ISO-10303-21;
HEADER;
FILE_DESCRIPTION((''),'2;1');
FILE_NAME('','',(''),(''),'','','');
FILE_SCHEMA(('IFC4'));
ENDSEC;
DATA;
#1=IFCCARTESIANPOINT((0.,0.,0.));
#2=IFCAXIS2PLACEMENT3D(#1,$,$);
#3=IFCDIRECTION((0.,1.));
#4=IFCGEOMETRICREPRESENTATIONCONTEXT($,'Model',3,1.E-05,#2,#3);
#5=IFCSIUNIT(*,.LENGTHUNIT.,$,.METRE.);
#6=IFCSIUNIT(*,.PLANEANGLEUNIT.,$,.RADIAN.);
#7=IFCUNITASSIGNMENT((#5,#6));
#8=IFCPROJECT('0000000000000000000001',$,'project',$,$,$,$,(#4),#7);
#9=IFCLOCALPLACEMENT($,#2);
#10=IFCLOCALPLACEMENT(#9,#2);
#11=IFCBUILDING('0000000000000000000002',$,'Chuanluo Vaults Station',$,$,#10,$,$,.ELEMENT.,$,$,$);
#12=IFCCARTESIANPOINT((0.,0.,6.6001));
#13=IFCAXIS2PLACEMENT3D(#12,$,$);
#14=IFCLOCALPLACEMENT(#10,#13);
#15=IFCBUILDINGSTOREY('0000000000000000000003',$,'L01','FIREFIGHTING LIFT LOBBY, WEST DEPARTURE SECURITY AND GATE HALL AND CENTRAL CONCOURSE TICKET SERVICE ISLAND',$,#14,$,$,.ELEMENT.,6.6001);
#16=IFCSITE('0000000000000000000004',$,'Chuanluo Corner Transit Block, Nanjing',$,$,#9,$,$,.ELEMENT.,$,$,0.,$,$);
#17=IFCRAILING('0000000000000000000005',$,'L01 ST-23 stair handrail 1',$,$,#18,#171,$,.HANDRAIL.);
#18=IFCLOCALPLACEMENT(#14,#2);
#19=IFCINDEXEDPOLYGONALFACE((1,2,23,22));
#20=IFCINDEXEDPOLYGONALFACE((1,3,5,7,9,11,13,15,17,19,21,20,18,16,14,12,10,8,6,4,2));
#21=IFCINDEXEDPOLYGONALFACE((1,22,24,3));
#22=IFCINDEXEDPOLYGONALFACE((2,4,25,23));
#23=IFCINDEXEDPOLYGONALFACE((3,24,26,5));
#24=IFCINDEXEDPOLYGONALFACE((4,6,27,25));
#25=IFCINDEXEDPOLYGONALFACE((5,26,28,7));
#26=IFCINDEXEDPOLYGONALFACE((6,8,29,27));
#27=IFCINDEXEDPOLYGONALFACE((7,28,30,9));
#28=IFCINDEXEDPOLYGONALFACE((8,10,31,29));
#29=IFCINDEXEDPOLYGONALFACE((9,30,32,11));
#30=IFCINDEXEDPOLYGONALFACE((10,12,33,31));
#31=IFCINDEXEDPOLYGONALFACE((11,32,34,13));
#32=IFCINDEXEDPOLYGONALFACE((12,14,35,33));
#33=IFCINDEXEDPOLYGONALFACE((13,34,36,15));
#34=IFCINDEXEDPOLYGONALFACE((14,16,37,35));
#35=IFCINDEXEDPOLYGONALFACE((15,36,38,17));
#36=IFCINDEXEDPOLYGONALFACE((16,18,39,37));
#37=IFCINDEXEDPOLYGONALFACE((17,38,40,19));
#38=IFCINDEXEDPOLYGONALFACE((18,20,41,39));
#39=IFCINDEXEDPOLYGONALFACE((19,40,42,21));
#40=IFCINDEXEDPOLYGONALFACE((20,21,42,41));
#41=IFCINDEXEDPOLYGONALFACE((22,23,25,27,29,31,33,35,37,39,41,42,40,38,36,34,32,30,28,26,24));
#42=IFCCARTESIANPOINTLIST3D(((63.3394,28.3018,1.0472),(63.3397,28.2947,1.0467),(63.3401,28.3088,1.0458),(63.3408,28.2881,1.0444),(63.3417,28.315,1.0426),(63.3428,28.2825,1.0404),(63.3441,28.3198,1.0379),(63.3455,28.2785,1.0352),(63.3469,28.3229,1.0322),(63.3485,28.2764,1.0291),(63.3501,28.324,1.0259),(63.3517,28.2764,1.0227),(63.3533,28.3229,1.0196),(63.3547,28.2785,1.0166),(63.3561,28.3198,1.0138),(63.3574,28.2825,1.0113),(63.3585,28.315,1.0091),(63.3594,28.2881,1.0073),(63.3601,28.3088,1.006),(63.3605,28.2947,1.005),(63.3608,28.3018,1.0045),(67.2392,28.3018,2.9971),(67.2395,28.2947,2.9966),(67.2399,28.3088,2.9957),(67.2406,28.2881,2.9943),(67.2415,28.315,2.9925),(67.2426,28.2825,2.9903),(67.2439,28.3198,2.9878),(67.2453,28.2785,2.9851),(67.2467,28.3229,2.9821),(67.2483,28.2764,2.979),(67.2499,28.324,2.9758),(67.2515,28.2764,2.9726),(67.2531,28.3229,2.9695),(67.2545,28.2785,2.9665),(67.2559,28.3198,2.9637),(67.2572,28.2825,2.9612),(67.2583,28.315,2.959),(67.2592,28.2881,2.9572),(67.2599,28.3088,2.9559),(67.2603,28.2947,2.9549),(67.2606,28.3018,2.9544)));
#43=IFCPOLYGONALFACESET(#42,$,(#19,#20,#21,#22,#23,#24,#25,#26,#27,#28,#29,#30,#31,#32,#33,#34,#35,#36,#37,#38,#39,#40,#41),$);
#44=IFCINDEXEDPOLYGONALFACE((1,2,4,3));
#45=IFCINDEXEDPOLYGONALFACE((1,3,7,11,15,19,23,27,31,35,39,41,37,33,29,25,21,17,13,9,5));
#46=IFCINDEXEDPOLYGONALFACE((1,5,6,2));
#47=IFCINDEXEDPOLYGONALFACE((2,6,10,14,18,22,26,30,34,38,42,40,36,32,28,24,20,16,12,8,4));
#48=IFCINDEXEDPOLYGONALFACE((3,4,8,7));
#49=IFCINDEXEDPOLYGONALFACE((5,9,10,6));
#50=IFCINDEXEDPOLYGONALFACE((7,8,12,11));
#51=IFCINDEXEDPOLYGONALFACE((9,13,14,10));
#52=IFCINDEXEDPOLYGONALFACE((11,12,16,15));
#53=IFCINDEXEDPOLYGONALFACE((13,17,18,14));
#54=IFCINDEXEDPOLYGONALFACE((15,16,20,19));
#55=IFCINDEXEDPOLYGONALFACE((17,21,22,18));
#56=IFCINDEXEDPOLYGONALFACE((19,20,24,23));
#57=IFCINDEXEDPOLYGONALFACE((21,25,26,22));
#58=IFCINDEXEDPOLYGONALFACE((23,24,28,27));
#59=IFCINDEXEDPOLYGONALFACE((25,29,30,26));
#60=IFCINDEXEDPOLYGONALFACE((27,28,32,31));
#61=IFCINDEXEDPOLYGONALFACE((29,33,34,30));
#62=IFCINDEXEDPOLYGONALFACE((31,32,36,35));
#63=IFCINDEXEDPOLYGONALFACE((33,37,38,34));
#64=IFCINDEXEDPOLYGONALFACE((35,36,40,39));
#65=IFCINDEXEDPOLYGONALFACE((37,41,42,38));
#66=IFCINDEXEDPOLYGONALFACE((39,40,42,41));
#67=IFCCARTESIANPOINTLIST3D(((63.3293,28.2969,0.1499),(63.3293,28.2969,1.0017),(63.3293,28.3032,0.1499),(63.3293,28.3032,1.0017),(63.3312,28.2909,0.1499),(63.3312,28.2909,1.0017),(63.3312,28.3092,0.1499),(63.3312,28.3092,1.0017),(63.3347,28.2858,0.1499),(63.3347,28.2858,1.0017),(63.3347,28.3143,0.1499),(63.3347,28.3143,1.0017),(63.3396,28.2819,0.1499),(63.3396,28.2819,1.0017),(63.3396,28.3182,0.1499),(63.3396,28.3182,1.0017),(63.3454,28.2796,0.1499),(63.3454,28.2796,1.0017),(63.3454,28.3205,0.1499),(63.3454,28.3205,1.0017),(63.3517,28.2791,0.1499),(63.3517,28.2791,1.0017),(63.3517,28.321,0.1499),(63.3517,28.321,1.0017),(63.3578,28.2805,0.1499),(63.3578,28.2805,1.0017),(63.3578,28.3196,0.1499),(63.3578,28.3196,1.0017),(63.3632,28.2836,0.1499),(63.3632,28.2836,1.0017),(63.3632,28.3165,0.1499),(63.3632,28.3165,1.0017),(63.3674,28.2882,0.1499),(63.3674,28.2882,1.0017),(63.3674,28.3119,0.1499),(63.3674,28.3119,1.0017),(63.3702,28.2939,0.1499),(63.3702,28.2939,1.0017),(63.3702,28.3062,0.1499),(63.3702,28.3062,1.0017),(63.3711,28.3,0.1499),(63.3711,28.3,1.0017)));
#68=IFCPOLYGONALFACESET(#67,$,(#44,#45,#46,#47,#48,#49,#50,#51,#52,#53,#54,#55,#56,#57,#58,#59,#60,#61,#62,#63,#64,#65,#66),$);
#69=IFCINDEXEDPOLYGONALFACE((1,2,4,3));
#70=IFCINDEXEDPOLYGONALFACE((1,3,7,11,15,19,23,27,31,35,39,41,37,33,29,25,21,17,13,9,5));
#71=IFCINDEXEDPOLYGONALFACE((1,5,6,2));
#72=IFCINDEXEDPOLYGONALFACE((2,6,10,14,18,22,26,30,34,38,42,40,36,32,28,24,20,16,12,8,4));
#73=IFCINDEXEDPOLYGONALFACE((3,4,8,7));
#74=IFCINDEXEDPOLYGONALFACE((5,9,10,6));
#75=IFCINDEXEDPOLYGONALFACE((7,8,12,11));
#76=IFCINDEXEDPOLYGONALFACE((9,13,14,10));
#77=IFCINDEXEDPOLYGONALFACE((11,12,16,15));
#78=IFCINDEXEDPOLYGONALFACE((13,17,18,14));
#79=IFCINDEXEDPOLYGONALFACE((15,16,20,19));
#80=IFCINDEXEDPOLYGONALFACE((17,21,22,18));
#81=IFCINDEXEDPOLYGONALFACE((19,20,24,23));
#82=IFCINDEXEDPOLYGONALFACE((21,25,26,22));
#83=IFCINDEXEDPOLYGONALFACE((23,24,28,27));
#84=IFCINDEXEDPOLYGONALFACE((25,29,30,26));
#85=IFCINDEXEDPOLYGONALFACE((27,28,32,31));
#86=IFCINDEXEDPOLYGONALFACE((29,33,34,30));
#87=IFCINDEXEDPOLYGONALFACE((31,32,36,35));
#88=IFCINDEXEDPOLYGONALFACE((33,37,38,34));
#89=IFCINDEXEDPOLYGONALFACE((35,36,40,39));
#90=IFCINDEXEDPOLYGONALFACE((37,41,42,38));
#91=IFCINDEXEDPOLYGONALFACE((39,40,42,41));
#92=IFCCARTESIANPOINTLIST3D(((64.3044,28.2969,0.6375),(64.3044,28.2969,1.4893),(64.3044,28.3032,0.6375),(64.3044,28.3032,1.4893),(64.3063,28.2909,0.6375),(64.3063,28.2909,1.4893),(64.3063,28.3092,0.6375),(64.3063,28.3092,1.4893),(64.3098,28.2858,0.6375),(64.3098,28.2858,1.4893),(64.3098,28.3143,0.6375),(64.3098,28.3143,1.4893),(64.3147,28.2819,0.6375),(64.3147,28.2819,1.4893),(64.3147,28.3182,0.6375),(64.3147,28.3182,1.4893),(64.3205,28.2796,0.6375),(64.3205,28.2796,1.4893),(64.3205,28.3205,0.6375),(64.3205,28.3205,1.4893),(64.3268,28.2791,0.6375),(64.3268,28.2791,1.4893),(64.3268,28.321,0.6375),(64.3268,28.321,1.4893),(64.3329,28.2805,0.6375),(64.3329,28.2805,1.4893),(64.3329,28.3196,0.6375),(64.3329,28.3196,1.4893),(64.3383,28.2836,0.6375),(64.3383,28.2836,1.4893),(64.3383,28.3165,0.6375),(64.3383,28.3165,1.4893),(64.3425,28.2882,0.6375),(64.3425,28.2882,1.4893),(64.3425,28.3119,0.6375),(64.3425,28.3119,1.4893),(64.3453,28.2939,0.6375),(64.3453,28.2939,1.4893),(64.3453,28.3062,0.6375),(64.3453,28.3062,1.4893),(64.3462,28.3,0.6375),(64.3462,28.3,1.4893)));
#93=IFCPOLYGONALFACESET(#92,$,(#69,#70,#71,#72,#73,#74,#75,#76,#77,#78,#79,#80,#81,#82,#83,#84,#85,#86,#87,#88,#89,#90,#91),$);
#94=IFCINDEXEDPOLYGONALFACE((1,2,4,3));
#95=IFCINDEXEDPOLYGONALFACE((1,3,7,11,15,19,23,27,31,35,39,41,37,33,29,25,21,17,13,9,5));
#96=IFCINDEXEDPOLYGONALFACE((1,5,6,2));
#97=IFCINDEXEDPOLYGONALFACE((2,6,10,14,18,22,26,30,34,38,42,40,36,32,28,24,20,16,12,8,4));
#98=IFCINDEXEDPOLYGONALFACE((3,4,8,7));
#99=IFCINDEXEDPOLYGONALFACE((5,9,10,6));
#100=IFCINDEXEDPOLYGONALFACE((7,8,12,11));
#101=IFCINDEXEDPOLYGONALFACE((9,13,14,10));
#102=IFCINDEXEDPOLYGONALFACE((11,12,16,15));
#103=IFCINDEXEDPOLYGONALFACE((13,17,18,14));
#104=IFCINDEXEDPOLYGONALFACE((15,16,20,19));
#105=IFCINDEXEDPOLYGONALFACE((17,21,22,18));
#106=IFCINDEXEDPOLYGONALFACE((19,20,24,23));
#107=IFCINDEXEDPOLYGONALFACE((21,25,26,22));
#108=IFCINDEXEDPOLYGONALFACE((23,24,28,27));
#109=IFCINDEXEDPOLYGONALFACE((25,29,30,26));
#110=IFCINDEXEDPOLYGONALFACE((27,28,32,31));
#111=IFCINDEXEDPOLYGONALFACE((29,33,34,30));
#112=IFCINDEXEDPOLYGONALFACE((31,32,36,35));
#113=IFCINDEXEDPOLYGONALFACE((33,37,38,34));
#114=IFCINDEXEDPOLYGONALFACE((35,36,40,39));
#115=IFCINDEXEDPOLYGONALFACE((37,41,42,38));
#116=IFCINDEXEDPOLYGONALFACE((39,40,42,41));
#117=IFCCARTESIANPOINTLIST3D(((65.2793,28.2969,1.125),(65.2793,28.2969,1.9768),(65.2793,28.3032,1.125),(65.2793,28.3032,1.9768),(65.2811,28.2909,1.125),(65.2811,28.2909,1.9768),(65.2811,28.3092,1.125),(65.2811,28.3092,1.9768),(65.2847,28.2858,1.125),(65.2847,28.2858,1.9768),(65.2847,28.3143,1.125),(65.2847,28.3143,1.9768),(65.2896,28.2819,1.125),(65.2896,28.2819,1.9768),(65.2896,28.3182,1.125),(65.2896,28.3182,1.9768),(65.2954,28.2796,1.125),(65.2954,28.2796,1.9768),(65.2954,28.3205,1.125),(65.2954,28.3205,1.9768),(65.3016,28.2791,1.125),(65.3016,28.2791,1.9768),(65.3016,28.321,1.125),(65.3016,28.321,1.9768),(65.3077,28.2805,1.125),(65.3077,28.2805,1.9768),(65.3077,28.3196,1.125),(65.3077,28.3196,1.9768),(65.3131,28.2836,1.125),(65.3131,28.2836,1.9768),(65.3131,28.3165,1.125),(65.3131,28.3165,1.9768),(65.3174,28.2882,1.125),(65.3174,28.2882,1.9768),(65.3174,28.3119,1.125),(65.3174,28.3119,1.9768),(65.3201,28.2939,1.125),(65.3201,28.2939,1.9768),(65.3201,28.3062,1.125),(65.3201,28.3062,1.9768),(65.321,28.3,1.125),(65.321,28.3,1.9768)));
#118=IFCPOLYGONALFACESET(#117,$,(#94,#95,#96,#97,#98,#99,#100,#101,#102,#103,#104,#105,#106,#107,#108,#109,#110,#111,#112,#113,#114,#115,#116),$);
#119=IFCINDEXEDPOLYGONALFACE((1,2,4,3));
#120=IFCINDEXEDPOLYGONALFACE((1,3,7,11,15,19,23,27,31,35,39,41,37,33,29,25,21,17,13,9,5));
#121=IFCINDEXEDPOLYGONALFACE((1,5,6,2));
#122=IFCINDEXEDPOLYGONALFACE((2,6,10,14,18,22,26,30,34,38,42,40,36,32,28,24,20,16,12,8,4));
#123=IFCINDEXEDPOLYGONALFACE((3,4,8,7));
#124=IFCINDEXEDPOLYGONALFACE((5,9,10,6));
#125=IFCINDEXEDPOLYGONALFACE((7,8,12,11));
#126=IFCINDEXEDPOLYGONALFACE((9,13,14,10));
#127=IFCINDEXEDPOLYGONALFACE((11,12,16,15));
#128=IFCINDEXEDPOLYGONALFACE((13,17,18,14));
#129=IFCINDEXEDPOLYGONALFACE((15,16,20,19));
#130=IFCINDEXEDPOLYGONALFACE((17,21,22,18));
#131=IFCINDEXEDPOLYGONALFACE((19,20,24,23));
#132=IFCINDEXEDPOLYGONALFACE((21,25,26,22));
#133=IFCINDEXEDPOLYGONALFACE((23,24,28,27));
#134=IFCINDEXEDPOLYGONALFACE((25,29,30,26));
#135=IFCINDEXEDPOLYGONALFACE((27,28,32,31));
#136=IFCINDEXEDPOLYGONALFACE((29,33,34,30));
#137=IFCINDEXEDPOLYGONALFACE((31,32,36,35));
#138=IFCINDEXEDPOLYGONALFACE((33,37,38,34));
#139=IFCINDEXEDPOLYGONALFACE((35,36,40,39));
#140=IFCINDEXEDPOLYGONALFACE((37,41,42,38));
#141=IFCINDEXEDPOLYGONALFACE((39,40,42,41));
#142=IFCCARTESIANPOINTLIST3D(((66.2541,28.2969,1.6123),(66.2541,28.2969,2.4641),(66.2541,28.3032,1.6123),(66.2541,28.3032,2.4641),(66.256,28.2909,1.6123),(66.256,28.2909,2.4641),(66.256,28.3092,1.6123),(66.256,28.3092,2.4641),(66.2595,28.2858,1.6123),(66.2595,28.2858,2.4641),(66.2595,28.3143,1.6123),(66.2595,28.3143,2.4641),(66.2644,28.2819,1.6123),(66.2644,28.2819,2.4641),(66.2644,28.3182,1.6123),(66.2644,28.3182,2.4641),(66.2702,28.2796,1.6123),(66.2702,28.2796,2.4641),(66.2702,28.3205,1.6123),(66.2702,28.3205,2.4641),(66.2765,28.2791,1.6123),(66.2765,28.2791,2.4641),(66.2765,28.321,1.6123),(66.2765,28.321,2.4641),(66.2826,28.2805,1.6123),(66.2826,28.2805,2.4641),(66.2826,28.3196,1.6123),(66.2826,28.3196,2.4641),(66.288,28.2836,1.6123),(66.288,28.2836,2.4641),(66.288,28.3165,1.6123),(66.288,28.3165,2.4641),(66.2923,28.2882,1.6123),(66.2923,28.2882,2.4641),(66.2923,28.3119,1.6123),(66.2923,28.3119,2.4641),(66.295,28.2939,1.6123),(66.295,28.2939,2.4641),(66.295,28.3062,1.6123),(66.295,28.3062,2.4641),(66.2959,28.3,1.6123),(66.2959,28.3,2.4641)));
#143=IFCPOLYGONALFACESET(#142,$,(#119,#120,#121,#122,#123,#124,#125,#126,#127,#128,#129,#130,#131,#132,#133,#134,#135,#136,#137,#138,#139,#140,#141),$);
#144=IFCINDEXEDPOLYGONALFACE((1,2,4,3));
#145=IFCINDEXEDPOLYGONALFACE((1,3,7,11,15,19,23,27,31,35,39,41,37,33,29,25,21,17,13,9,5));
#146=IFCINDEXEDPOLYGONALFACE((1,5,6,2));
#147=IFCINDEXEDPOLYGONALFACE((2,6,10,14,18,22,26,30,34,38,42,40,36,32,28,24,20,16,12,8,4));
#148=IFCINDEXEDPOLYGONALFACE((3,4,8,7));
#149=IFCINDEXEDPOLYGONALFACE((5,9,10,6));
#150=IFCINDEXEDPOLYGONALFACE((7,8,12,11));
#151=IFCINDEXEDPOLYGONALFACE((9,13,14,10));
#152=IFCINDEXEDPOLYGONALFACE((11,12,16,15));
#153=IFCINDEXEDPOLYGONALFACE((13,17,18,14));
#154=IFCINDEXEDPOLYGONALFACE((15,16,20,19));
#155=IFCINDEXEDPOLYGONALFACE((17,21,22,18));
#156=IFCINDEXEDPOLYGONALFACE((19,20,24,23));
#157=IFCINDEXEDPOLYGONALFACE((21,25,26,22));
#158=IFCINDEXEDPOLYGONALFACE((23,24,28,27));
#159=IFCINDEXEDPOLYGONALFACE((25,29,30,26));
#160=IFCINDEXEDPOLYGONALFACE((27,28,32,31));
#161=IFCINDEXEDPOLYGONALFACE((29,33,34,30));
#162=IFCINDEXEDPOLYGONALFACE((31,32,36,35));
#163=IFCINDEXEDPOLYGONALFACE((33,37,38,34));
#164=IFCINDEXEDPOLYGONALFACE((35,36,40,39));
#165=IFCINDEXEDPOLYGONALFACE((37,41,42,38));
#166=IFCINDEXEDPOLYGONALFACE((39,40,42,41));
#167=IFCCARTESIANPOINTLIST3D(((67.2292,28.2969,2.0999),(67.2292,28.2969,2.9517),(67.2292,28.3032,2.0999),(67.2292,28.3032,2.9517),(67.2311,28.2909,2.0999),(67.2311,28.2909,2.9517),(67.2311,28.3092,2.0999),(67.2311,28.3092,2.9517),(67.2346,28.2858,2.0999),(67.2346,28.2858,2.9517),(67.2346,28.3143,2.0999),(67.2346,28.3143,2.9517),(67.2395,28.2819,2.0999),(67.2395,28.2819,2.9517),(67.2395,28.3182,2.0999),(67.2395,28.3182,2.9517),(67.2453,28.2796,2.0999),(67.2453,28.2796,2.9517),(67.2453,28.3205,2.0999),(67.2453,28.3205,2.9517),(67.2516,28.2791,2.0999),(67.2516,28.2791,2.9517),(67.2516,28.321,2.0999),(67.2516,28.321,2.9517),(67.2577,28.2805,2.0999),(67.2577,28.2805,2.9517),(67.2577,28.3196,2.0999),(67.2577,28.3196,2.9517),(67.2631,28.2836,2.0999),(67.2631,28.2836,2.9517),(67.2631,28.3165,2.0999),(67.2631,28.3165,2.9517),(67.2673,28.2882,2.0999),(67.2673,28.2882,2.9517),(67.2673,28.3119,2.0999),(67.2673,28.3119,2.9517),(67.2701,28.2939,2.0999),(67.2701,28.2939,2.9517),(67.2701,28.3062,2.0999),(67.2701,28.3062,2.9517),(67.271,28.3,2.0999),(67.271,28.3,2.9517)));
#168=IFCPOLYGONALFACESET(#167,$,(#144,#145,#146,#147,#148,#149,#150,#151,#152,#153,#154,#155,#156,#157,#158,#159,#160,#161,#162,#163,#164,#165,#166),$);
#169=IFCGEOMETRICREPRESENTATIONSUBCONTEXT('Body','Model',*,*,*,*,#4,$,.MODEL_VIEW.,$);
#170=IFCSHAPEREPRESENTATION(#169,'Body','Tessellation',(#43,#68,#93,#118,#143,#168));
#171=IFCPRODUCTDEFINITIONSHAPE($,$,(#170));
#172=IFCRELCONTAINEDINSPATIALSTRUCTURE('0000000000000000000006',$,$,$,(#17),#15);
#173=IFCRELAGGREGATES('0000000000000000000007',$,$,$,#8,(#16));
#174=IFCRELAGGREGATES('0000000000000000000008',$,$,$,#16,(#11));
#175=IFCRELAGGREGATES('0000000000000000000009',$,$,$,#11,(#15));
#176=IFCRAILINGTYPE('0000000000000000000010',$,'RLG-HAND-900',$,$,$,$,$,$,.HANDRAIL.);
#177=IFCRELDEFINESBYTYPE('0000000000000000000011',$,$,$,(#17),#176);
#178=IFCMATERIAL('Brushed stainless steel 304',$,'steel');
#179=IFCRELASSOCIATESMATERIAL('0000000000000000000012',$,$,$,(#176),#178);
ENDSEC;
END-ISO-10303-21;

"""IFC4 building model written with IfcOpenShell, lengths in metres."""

from ifc_helpers import new_model, si_unit, direction, frame, origin, origin_2d, place, context, subcontext, project, spatial, circle, extrude, material, type_object, element, save


model = new_model("IFC4")

# Units and contexts
model_context = context("Model", 3, precision=1e-05, world=origin(), true_north=direction((0.0, 1.0)))
body_context = subcontext(model_context, "Body", "Model", "MODEL_VIEW")
ifc_project = project(units=[si_unit("LENGTHUNIT", "METRE"), si_unit("PLANEANGLEUNIT", "RADIAN")], contexts=[model_context])

# Site, building, storey
site_placement = place(None, origin())
site = spatial("IfcSite", under=ifc_project, at=site_placement, Name="Chuanluo Corner Transit Block, Nanjing", CompositionType="ELEMENT", RefElevation=0.0)
building_placement = place(site_placement, origin())
building = spatial("IfcBuilding", under=site, at=building_placement, Name="Chuanluo Vaults Station", CompositionType="ELEMENT")
storey_placement = place(building_placement, frame((0.0, 0.0, 6.6001)))
storey = spatial("IfcBuildingStorey", under=building, at=storey_placement, Name="L01", Description="FIREFIGHTING LIFT LOBBY, WEST DEPARTURE SECURITY AND GATE HALL AND CENTRAL CONCOURSE TICKET SERVICE ISLAND", CompositionType="ELEMENT", Elevation=6.6001)

# Railing
ifc_material_1 = material(Name="Brushed stainless steel 304", Category="steel")
railing_type_1 = type_object("IfcRailingType", Name="RLG-HAND-900", PredefinedType="HANDRAIL", material=ifc_material_1)
railing_1_placement = place(storey_placement, frame((63.3501, 28.3, 0.1499)))
element("IfcRailing", 1, at=railing_1_placement, inside=storey, type_object=railing_type_1, Name="L01 ST-23 stair handrail 1", PredefinedType="HANDRAIL", context=body_context, shape_type="SweptSolid", body=[
    extrude(circle(Radius=0.0239, at=origin_2d()), frame((0.0, 0.0, 0.876), z_axis=(0.894427, 0.0, 0.447214), x_axis=(0.0, 1.0, 0.0)), (0.0, 0.0, 1.0), 4.3601),
    extrude(circle(Radius=0.021, at=origin_2d()), origin(), (0.0, 0.0, 1.0), 0.8518),
    extrude(circle(Radius=0.021, at=origin_2d()), frame((0.9751, 0.0, 0.4875)), (0.0, 0.0, 1.0), 0.8518),
    extrude(circle(Radius=0.021, at=origin_2d()), frame((1.95, 0.0, 0.9751)), (0.0, 0.0, 1.0), 0.8518),
    extrude(circle(Radius=0.021, at=origin_2d()), frame((2.9248, 0.0, 1.4624)), (0.0, 0.0, 1.0), 0.8518),
    extrude(circle(Radius=0.021, at=origin_2d()), frame((3.8999, 0.0, 1.95)), (0.0, 0.0, 1.0), 0.8518),
])

save(model, "model.ifc")
